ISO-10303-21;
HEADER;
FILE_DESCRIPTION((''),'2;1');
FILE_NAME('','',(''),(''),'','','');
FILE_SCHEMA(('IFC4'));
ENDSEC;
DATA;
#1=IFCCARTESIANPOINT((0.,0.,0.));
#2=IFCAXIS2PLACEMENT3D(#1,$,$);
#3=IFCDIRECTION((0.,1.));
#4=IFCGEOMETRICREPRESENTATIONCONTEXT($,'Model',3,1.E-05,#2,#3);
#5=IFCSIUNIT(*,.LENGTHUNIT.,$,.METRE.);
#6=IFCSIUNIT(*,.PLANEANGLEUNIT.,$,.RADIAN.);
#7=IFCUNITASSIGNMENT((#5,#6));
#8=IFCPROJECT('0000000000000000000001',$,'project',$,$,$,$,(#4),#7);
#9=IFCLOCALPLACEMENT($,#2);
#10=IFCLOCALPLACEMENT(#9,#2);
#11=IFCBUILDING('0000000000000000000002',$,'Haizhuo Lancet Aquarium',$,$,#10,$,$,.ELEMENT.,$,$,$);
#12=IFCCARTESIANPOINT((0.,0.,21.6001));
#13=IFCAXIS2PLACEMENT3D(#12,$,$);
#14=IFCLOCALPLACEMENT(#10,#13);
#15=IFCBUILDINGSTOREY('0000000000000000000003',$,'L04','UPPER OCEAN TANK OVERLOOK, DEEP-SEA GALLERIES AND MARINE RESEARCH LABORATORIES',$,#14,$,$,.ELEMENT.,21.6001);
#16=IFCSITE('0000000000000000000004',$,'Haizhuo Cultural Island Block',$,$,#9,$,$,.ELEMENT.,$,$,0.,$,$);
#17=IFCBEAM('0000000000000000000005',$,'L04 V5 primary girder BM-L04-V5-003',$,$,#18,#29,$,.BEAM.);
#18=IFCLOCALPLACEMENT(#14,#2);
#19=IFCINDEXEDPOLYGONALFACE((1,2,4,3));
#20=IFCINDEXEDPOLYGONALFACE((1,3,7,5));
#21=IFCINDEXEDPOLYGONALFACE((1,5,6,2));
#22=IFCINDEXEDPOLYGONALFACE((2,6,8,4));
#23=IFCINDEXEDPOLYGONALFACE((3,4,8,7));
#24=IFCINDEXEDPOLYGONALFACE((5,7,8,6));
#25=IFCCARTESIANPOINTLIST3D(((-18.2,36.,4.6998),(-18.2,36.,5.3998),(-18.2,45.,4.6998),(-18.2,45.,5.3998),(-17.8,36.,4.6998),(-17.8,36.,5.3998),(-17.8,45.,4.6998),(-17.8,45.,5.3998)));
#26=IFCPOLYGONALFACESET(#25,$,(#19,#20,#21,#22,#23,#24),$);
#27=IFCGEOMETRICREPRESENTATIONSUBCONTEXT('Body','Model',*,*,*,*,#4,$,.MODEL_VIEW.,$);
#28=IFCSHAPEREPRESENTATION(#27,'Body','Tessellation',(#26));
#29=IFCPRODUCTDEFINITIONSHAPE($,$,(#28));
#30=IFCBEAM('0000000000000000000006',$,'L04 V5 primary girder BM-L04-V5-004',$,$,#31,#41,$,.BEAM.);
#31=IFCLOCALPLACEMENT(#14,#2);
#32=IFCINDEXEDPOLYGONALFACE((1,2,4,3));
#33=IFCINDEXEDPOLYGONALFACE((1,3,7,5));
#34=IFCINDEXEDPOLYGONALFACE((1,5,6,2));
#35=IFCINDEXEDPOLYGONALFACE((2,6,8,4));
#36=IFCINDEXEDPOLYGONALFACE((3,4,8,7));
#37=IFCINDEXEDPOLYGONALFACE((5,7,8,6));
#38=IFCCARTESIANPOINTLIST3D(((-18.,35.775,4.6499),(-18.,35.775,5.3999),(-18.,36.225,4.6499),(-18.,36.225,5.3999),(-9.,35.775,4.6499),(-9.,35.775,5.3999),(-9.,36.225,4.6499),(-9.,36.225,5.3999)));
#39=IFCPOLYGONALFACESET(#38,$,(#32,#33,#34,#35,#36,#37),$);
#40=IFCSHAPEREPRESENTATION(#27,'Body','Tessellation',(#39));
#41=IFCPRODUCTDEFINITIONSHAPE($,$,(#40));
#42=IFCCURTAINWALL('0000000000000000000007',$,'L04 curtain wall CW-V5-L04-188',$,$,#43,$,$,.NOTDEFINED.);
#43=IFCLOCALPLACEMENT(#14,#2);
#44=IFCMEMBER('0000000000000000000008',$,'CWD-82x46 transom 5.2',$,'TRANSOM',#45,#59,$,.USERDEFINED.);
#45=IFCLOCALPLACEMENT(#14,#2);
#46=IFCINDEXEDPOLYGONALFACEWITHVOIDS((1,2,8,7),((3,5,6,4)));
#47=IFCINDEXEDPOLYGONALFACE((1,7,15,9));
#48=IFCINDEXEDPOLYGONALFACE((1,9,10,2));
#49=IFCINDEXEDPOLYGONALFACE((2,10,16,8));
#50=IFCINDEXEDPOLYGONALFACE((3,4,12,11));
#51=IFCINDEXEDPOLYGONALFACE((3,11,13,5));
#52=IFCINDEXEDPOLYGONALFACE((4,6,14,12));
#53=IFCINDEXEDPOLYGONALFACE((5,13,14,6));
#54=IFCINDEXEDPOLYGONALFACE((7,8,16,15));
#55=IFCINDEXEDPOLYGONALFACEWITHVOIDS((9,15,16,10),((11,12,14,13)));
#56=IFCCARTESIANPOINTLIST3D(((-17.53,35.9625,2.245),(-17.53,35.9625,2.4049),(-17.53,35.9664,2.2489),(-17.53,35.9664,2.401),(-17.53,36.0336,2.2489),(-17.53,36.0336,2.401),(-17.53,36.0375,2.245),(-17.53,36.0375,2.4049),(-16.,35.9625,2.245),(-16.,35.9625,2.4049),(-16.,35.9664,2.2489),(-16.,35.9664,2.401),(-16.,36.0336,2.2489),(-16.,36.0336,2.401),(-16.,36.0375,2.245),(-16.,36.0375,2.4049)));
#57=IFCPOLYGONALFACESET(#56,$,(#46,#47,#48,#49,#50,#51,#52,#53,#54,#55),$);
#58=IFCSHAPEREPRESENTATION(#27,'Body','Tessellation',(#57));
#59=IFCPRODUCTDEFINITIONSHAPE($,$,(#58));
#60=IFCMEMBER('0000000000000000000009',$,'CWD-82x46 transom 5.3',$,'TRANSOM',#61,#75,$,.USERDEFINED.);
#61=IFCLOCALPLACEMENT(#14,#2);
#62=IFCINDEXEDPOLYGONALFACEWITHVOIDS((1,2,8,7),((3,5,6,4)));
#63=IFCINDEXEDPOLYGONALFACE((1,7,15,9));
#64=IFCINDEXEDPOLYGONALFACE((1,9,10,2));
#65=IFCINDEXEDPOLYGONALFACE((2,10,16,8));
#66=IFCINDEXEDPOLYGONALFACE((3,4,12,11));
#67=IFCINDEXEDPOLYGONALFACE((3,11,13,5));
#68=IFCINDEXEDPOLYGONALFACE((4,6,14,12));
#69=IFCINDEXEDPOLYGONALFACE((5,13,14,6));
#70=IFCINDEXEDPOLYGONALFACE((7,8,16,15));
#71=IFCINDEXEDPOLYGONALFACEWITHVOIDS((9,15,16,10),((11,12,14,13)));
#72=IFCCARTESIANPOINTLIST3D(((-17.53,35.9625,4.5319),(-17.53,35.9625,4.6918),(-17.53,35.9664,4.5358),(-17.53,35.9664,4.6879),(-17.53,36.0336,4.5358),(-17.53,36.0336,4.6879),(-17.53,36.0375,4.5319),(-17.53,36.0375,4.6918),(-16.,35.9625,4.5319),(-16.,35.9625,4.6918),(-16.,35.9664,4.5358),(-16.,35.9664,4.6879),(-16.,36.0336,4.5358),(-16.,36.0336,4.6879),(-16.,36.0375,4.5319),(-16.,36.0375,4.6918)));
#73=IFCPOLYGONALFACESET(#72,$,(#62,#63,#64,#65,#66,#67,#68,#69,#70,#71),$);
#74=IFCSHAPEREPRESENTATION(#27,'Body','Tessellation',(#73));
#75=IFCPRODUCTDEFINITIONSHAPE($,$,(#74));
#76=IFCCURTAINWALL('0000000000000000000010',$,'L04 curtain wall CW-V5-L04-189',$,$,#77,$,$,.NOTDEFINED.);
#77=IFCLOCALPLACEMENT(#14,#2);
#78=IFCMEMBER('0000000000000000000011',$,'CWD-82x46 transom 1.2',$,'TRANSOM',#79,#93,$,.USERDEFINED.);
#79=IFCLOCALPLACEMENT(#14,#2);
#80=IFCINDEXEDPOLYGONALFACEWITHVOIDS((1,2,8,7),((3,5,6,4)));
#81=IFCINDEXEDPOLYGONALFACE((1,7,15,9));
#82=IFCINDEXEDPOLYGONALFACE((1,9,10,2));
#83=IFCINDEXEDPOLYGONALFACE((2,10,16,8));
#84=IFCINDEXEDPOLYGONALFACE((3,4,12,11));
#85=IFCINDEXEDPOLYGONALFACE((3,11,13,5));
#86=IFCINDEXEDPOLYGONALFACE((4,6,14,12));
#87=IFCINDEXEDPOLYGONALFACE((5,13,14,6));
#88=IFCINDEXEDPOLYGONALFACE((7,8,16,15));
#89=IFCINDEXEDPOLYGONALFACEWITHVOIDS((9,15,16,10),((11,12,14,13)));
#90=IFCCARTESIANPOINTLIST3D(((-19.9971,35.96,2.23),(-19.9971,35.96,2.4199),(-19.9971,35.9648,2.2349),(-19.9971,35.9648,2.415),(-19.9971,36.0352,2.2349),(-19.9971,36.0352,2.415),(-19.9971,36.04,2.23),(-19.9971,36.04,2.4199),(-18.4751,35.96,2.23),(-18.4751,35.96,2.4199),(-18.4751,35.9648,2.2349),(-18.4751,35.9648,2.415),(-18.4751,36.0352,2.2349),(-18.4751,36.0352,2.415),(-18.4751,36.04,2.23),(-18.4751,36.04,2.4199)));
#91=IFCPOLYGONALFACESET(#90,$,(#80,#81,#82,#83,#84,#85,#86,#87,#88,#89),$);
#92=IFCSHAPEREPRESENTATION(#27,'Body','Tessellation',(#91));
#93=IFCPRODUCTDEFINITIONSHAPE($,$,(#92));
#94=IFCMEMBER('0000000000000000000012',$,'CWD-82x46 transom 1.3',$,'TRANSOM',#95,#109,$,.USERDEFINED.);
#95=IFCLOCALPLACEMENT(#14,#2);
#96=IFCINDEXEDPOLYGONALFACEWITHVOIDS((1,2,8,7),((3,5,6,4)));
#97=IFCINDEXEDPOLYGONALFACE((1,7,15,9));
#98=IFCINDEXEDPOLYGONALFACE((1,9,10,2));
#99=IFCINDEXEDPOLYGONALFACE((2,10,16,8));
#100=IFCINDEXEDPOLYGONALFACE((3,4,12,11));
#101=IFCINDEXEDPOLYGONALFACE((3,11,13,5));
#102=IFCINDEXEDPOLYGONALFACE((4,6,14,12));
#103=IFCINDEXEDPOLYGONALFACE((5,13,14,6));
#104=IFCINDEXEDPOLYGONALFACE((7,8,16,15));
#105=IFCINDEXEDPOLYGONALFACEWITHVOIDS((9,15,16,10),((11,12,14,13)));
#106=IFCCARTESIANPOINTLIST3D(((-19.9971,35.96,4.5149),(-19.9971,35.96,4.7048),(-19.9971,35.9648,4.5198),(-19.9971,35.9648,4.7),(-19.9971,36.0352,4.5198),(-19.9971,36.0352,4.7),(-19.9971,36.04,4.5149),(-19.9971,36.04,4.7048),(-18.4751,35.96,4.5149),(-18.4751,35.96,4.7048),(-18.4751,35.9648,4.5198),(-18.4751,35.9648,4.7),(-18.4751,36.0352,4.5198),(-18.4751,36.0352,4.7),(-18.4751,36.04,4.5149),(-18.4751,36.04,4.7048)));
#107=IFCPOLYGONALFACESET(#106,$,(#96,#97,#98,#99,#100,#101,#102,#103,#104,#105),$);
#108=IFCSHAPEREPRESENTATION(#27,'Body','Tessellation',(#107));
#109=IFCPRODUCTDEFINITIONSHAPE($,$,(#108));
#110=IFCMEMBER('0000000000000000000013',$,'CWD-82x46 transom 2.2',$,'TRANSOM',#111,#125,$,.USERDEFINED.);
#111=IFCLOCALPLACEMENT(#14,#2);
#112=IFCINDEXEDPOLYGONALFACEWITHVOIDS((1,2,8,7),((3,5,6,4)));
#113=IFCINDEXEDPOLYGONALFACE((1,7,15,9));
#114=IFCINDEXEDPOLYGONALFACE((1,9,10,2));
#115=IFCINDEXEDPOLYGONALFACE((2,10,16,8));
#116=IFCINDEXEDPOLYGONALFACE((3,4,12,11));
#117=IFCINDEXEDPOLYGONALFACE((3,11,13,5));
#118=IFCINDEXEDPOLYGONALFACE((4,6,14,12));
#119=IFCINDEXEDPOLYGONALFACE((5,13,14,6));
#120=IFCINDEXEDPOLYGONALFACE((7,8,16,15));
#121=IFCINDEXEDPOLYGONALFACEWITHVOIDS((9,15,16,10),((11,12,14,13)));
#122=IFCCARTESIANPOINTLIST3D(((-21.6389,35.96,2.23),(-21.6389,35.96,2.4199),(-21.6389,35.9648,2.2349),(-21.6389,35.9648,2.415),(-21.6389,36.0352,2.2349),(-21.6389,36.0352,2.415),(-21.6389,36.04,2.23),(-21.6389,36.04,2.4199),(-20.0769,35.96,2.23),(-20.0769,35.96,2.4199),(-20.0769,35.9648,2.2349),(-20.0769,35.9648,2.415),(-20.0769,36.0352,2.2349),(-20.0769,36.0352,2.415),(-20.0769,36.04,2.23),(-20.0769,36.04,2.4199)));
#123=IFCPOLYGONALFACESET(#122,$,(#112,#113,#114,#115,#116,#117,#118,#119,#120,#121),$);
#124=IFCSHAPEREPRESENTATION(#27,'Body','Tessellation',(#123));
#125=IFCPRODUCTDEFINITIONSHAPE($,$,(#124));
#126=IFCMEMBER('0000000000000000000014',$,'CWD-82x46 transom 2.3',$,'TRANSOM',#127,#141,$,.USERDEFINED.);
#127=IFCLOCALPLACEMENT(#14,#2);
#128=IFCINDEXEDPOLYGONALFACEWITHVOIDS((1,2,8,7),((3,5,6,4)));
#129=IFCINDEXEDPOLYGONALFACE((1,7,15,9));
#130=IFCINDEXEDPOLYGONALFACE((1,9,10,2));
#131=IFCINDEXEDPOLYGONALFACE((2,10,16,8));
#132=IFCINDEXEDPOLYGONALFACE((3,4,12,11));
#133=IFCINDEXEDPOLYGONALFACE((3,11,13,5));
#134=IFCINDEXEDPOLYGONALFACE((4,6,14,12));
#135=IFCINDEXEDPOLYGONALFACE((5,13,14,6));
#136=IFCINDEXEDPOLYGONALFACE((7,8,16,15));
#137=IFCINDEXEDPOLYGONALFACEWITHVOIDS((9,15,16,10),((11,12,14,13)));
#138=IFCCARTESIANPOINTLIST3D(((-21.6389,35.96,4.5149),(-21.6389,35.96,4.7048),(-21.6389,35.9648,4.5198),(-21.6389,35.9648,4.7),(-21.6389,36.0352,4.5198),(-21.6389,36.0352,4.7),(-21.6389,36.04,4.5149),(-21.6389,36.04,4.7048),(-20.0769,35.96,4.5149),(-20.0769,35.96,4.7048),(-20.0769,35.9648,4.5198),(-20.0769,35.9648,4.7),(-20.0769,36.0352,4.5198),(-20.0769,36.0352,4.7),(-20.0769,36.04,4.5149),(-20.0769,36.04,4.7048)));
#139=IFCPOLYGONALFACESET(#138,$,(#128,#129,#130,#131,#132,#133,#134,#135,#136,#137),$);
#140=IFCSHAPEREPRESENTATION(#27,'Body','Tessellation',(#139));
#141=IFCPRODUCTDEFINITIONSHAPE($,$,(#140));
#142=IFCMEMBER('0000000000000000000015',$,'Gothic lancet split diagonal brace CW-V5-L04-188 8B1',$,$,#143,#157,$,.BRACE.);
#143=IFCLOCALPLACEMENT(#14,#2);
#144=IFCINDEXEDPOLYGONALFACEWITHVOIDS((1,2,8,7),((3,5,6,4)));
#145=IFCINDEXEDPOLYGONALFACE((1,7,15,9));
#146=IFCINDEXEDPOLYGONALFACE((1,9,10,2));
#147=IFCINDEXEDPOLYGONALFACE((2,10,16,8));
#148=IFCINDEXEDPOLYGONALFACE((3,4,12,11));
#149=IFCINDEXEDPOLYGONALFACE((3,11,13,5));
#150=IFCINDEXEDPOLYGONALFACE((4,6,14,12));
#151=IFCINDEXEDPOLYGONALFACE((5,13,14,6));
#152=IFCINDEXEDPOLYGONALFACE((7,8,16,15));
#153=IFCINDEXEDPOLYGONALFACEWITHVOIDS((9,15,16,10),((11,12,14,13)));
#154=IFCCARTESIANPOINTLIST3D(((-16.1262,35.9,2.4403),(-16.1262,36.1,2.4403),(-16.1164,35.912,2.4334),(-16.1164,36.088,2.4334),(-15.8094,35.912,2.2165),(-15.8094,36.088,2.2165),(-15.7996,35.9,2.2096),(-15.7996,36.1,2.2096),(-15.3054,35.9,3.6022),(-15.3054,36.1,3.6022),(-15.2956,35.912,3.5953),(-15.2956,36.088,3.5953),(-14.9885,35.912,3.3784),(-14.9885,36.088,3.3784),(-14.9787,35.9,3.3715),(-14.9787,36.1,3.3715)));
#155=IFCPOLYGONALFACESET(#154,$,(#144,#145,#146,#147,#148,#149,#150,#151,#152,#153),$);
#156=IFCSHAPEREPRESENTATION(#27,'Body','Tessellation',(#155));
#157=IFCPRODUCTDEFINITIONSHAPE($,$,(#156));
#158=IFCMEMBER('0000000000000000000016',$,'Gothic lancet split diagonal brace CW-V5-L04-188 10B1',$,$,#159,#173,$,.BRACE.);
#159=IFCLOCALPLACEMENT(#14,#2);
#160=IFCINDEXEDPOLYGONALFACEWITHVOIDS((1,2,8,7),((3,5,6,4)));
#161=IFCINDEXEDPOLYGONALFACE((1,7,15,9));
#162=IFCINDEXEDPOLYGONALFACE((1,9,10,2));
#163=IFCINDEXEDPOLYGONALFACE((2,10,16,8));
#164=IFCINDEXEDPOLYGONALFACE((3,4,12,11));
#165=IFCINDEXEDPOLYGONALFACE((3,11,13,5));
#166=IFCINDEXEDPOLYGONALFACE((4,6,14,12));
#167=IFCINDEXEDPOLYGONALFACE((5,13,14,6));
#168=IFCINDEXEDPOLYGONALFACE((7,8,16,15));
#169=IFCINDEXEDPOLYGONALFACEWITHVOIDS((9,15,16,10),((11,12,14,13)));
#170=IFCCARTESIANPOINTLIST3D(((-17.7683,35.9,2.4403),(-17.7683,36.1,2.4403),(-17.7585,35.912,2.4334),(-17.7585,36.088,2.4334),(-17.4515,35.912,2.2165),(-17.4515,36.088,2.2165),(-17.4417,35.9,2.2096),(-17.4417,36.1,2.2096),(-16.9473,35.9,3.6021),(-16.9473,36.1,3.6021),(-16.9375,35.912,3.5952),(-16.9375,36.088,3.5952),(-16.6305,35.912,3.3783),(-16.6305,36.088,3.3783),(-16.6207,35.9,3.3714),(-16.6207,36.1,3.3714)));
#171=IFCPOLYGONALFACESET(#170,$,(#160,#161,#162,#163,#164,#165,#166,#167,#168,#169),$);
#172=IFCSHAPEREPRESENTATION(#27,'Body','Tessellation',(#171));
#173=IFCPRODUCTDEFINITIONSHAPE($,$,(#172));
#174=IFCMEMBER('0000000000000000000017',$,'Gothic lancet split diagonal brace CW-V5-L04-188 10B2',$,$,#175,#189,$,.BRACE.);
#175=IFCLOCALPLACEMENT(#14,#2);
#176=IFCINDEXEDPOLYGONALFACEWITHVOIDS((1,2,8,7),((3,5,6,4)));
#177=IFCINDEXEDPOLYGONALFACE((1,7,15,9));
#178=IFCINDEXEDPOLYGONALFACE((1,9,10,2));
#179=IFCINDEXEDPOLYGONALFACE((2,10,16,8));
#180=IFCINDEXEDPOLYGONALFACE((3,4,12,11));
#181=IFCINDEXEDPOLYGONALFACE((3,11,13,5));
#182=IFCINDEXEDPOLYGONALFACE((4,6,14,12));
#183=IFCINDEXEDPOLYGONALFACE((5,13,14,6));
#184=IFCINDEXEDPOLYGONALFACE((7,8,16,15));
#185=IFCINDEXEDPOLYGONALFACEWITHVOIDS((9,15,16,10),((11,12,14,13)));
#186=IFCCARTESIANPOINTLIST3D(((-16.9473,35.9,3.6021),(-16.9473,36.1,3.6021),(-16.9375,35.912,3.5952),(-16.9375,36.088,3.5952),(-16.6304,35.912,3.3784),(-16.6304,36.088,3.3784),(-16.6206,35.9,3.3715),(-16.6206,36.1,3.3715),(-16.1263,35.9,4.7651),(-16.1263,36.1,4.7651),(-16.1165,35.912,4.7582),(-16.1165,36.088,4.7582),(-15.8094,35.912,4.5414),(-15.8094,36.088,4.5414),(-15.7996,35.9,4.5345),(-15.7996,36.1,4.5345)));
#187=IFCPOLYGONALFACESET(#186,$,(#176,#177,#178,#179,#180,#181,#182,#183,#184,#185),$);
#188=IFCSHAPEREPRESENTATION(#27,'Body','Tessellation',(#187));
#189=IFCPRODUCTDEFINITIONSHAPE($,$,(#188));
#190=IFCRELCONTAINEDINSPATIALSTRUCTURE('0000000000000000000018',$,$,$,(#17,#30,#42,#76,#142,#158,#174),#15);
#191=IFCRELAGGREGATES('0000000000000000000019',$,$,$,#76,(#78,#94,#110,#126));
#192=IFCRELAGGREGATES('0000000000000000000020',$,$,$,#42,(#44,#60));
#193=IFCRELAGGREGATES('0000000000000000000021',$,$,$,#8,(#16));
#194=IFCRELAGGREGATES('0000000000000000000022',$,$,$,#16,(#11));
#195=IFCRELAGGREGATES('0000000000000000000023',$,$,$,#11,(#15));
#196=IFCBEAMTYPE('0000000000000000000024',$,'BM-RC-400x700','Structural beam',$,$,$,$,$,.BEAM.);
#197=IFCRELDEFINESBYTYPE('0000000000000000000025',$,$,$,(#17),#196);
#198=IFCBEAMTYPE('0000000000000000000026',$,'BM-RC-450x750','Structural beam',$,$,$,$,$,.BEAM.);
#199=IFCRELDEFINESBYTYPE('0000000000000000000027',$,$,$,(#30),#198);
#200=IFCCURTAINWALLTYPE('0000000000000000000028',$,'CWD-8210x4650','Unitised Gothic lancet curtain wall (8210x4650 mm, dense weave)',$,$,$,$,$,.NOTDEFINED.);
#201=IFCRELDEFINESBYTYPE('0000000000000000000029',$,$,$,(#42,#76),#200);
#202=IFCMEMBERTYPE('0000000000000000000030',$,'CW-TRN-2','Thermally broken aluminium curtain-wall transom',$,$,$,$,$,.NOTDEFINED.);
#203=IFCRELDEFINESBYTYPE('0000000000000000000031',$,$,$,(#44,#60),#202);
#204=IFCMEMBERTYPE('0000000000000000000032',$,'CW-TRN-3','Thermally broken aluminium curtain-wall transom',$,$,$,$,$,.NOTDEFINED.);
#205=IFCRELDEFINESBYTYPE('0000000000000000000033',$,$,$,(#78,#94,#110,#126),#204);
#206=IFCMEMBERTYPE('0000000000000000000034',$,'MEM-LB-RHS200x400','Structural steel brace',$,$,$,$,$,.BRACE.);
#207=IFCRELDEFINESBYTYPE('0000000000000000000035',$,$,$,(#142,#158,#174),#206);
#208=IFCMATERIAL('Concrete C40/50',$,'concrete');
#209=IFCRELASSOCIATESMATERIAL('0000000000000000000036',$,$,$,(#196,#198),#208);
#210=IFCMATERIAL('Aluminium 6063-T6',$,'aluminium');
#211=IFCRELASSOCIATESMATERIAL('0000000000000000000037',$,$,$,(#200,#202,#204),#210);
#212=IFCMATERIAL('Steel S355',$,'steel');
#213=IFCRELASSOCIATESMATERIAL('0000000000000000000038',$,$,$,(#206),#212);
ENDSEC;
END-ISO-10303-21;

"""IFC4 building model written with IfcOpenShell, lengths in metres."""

from ifc_helpers import new_model, si_unit, direction, frame, origin, origin_2d, place, context, subcontext, project, spatial, rectangle, hollow_rectangle, extrude, material, material_profile, profile_set, type_object, element, aggregate, save


model = new_model("IFC4")

# Units and contexts
model_context = context("Model", 3, precision=1e-05, world=origin(), true_north=direction((0.0, 1.0)))
body_context = subcontext(model_context, "Body", "Model", "MODEL_VIEW")
ifc_project = project(units=[si_unit("LENGTHUNIT", "METRE"), si_unit("PLANEANGLEUNIT", "RADIAN")], contexts=[model_context])

# Site, building, storey
site_placement = place(None, origin())
site = spatial("IfcSite", under=ifc_project, at=site_placement, Name="Haizhuo Cultural Island Block", CompositionType="ELEMENT", RefElevation=0.0)
building_placement = place(site_placement, origin())
building = spatial("IfcBuilding", under=site, at=building_placement, Name="Haizhuo Lancet Aquarium", CompositionType="ELEMENT")
storey_placement = place(building_placement, frame((0.0, 0.0, 21.6001)))
storey = spatial("IfcBuildingStorey", under=building, at=storey_placement, Name="L04", Description="UPPER OCEAN TANK OVERLOOK, DEEP-SEA GALLERIES AND MARINE RESEARCH LABORATORIES", CompositionType="ELEMENT", Elevation=21.6001)

# Beams
ifc_material_1 = material(Name="Concrete C40/50", Category="concrete")
ifc_material_profile_1 = material_profile(ifc_material_1, rectangle(XDim=0.3999, YDim=0.7, at=origin_2d()), Name="RC-BM 400x700")
ifc_profile_set_1 = profile_set([ifc_material_profile_1], Name="Concrete C40/50")
beam_type_1 = type_object("IfcBeamType", Name="BM-RC-400x700", Description="Structural beam", PredefinedType="BEAM", material=ifc_profile_set_1)
beam_1_placement = place(storey_placement, frame((-18.0, 36.0, 5.0498), z_axis=(0.0, 1.0, 0.0), x_axis=(-1.0, 0.0, 0.0)))
element("IfcBeam", 1, at=beam_1_placement, inside=storey, type_object=beam_type_1, Name="L04 V5 primary girder BM-L04-V5-003", PredefinedType="BEAM", context=body_context, shape_type="SweptSolid", body=[
    extrude(rectangle(XDim=0.3999, YDim=0.7, at=origin_2d()), origin(), (0.0, 0.0, 1.0), 9.0),
])
ifc_material_profile_2 = material_profile(ifc_material_1, rectangle(XDim=0.45, YDim=0.75, at=origin_2d()), Name="RC-BM 450x750")
ifc_profile_set_2 = profile_set([ifc_material_profile_2], Name="Concrete C40/50")
beam_type_2 = type_object("IfcBeamType", Name="BM-RC-450x750", Description="Structural beam", PredefinedType="BEAM", material=ifc_profile_set_2)
beam_2_placement = place(storey_placement, frame((-18.0, 36.0, 5.0249), z_axis=(1.0, 0.0, 0.0), x_axis=(0.0, 1.0, 0.0)))
element("IfcBeam", 2, at=beam_2_placement, inside=storey, type_object=beam_type_2, Name="L04 V5 primary girder BM-L04-V5-004", PredefinedType="BEAM", context=body_context, shape_type="SweptSolid", body=[
    extrude(rectangle(XDim=0.45, YDim=0.75, at=origin_2d()), origin(), (0.0, 0.0, 1.0), 9.0),
])

# Curtain walls, members
ifc_material_2 = material(Name="Aluminium 6063-T6", Category="aluminium")
curtain_wall_type = type_object("IfcCurtainWallType", Name="CWD-8210x4650", Description="Unitised Gothic lancet curtain wall (8210x4650 mm, dense weave)", PredefinedType="NOTDEFINED", material=ifc_material_2)
curtain_wall_1_placement = place(storey_placement, origin())
curtain_wall_1 = element("IfcCurtainWall", 3, at=curtain_wall_1_placement, inside=storey, type_object=curtain_wall_type, Name="L04 curtain wall CW-V5-L04-188", PredefinedType="NOTDEFINED")
ifc_material_profile_3 = material_profile(ifc_material_2, hollow_rectangle(XDim=0.075, YDim=0.1599, WallThickness=0.0039, at=origin_2d()), Name="ALU-T 75x160x4")
ifc_profile_set_3 = profile_set([ifc_material_profile_3], Name="Aluminium 6063-T6")
member_type_1 = type_object("IfcMemberType", Name="CW-TRN-2", Description="Thermally broken aluminium curtain-wall transom", PredefinedType="NOTDEFINED", material=ifc_profile_set_3)
member_1_placement = place(storey_placement, frame((-16.0, 36.0, 2.325), z_axis=(-1.0, 0.0, 0.0), x_axis=(0.0, -1.0, 0.0)))
member_1 = element("IfcMember", 4, at=member_1_placement, type_object=member_type_1, Name="CWD-82x46 transom 5.2", ObjectType="TRANSOM", PredefinedType="USERDEFINED", context=body_context, shape_type="SweptSolid", body=[
    extrude(hollow_rectangle(XDim=0.075, YDim=0.1599, WallThickness=0.0039, at=origin_2d()), origin(), (0.0, 0.0, 1.0), 1.53),
])
member_2_placement = place(storey_placement, frame((-16.0, 36.0, 4.6118), z_axis=(-1.0, 0.0, 0.0), x_axis=(0.0, -1.0, 0.0)))
member_2 = element("IfcMember", 5, at=member_2_placement, type_object=member_type_1, Name="CWD-82x46 transom 5.3", ObjectType="TRANSOM", PredefinedType="USERDEFINED", context=body_context, shape_type="SweptSolid", body=[
    extrude(hollow_rectangle(XDim=0.075, YDim=0.1599, WallThickness=0.0039, at=origin_2d()), origin(), (0.0, 0.0, 1.0), 1.53),
])
curtain_wall_2_placement = place(storey_placement, origin())
curtain_wall_2 = element("IfcCurtainWall", 6, at=curtain_wall_2_placement, inside=storey, type_object=curtain_wall_type, Name="L04 curtain wall CW-V5-L04-189", PredefinedType="NOTDEFINED")
ifc_material_profile_4 = material_profile(ifc_material_2, hollow_rectangle(XDim=0.0801, YDim=0.1899, WallThickness=0.0049, at=origin_2d()), Name="ALU-T 80x190x5")
ifc_profile_set_4 = profile_set([ifc_material_profile_4], Name="Aluminium 6063-T6")
member_type_2 = type_object("IfcMemberType", Name="CW-TRN-3", Description="Thermally broken aluminium curtain-wall transom", PredefinedType="NOTDEFINED", material=ifc_profile_set_4)
member_3_placement = place(storey_placement, frame((-18.4751, 36.0, 2.325), z_axis=(-1.0, 0.0, 0.0), x_axis=(0.0, -1.0, 0.0)))
member_3 = element("IfcMember", 7, at=member_3_placement, type_object=member_type_2, Name="CWD-82x46 transom 1.2", ObjectType="TRANSOM", PredefinedType="USERDEFINED", context=body_context, shape_type="SweptSolid", body=[
    extrude(hollow_rectangle(XDim=0.0801, YDim=0.1899, WallThickness=0.0049, at=origin_2d()), origin(), (0.0, 0.0, 1.0), 1.522),
])
member_4_placement = place(storey_placement, frame((-18.4751, 36.0, 4.6099), z_axis=(-1.0, 0.0, 0.0), x_axis=(0.0, -1.0, 0.0)))
member_4 = element("IfcMember", 8, at=member_4_placement, type_object=member_type_2, Name="CWD-82x46 transom 1.3", ObjectType="TRANSOM", PredefinedType="USERDEFINED", context=body_context, shape_type="SweptSolid", body=[
    extrude(hollow_rectangle(XDim=0.0801, YDim=0.1899, WallThickness=0.0049, at=origin_2d()), origin(), (0.0, 0.0, 1.0), 1.522),
])
member_5_placement = place(storey_placement, frame((-20.0769, 36.0, 2.325), z_axis=(-1.0, 0.0, 0.0), x_axis=(0.0, -1.0, 0.0)))
member_5 = element("IfcMember", 9, at=member_5_placement, type_object=member_type_2, Name="CWD-82x46 transom 2.2", ObjectType="TRANSOM", PredefinedType="USERDEFINED", context=body_context, shape_type="SweptSolid", body=[
    extrude(hollow_rectangle(XDim=0.0801, YDim=0.1899, WallThickness=0.0049, at=origin_2d()), origin(), (0.0, 0.0, 1.0), 1.562),
])
member_6_placement = place(storey_placement, frame((-20.0769, 36.0, 4.6099), z_axis=(-1.0, 0.0, 0.0), x_axis=(0.0, -1.0, 0.0)))
member_6 = element("IfcMember", 10, at=member_6_placement, type_object=member_type_2, Name="CWD-82x46 transom 2.3", ObjectType="TRANSOM", PredefinedType="USERDEFINED", context=body_context, shape_type="SweptSolid", body=[
    extrude(hollow_rectangle(XDim=0.0801, YDim=0.1899, WallThickness=0.0049, at=origin_2d()), origin(), (0.0, 0.0, 1.0), 1.562),
])

# Members
ifc_material_3 = material(Name="Steel S355", Category="steel")
ifc_material_profile_5 = material_profile(ifc_material_3, hollow_rectangle(XDim=0.2, YDim=0.3999, WallThickness=0.012, at=origin_2d()), Name="RHS 200x400x12")
ifc_profile_set_5 = profile_set([ifc_material_profile_5], Name="Steel S355")
member_type_3 = type_object("IfcMemberType", Name="MEM-LB-RHS200x400", Description="Structural steel brace", PredefinedType="BRACE", material=ifc_profile_set_5)
for number, where, z_axis, x_axis, name in (
    (11, (-15.9629, 36.0, 2.325), (0.576993, 0.0, 0.816749), (0.0, 1.0, 0.0), "Gothic lancet split diagonal brace CW-V5-L04-188 8B1"),
    (12, (-17.605, 36.0, 2.325), (0.577108, 0.0, 0.816668), (0.0, 1.0, 0.0), "Gothic lancet split diagonal brace CW-V5-L04-188 10B1"),
):
    element("IfcMember", number, at=place(storey_placement, frame(where, z_axis=z_axis, x_axis=x_axis)), inside=storey, type_object=member_type_3, Name=name, PredefinedType="BRACE", context=body_context, shape_type="SweptSolid", body=[
        extrude(hollow_rectangle(XDim=0.2, YDim=0.3999, WallThickness=0.012, at=origin_2d()), origin(), (0.0, 0.0, 1.0), 1.4226),
    ])
member_7_placement = place(storey_placement, frame((-16.7839, 36.0, 3.4868), z_axis=(0.576703, 0.0, 0.816954), x_axis=(0.0, 1.0, 0.0)))
element("IfcMember", 13, at=member_7_placement, inside=storey, type_object=member_type_3, Name="Gothic lancet split diagonal brace CW-V5-L04-188 10B2", PredefinedType="BRACE", context=body_context, shape_type="SweptSolid", body=[
    extrude(hollow_rectangle(XDim=0.2, YDim=0.3999, WallThickness=0.012, at=origin_2d()), origin(), (0.0, 0.0, 1.0), 1.4236),
])

aggregate(curtain_wall_2, [member_3, member_4, member_5, member_6])
aggregate(curtain_wall_1, [member_1, member_2])

save(model, "model.ifc")
